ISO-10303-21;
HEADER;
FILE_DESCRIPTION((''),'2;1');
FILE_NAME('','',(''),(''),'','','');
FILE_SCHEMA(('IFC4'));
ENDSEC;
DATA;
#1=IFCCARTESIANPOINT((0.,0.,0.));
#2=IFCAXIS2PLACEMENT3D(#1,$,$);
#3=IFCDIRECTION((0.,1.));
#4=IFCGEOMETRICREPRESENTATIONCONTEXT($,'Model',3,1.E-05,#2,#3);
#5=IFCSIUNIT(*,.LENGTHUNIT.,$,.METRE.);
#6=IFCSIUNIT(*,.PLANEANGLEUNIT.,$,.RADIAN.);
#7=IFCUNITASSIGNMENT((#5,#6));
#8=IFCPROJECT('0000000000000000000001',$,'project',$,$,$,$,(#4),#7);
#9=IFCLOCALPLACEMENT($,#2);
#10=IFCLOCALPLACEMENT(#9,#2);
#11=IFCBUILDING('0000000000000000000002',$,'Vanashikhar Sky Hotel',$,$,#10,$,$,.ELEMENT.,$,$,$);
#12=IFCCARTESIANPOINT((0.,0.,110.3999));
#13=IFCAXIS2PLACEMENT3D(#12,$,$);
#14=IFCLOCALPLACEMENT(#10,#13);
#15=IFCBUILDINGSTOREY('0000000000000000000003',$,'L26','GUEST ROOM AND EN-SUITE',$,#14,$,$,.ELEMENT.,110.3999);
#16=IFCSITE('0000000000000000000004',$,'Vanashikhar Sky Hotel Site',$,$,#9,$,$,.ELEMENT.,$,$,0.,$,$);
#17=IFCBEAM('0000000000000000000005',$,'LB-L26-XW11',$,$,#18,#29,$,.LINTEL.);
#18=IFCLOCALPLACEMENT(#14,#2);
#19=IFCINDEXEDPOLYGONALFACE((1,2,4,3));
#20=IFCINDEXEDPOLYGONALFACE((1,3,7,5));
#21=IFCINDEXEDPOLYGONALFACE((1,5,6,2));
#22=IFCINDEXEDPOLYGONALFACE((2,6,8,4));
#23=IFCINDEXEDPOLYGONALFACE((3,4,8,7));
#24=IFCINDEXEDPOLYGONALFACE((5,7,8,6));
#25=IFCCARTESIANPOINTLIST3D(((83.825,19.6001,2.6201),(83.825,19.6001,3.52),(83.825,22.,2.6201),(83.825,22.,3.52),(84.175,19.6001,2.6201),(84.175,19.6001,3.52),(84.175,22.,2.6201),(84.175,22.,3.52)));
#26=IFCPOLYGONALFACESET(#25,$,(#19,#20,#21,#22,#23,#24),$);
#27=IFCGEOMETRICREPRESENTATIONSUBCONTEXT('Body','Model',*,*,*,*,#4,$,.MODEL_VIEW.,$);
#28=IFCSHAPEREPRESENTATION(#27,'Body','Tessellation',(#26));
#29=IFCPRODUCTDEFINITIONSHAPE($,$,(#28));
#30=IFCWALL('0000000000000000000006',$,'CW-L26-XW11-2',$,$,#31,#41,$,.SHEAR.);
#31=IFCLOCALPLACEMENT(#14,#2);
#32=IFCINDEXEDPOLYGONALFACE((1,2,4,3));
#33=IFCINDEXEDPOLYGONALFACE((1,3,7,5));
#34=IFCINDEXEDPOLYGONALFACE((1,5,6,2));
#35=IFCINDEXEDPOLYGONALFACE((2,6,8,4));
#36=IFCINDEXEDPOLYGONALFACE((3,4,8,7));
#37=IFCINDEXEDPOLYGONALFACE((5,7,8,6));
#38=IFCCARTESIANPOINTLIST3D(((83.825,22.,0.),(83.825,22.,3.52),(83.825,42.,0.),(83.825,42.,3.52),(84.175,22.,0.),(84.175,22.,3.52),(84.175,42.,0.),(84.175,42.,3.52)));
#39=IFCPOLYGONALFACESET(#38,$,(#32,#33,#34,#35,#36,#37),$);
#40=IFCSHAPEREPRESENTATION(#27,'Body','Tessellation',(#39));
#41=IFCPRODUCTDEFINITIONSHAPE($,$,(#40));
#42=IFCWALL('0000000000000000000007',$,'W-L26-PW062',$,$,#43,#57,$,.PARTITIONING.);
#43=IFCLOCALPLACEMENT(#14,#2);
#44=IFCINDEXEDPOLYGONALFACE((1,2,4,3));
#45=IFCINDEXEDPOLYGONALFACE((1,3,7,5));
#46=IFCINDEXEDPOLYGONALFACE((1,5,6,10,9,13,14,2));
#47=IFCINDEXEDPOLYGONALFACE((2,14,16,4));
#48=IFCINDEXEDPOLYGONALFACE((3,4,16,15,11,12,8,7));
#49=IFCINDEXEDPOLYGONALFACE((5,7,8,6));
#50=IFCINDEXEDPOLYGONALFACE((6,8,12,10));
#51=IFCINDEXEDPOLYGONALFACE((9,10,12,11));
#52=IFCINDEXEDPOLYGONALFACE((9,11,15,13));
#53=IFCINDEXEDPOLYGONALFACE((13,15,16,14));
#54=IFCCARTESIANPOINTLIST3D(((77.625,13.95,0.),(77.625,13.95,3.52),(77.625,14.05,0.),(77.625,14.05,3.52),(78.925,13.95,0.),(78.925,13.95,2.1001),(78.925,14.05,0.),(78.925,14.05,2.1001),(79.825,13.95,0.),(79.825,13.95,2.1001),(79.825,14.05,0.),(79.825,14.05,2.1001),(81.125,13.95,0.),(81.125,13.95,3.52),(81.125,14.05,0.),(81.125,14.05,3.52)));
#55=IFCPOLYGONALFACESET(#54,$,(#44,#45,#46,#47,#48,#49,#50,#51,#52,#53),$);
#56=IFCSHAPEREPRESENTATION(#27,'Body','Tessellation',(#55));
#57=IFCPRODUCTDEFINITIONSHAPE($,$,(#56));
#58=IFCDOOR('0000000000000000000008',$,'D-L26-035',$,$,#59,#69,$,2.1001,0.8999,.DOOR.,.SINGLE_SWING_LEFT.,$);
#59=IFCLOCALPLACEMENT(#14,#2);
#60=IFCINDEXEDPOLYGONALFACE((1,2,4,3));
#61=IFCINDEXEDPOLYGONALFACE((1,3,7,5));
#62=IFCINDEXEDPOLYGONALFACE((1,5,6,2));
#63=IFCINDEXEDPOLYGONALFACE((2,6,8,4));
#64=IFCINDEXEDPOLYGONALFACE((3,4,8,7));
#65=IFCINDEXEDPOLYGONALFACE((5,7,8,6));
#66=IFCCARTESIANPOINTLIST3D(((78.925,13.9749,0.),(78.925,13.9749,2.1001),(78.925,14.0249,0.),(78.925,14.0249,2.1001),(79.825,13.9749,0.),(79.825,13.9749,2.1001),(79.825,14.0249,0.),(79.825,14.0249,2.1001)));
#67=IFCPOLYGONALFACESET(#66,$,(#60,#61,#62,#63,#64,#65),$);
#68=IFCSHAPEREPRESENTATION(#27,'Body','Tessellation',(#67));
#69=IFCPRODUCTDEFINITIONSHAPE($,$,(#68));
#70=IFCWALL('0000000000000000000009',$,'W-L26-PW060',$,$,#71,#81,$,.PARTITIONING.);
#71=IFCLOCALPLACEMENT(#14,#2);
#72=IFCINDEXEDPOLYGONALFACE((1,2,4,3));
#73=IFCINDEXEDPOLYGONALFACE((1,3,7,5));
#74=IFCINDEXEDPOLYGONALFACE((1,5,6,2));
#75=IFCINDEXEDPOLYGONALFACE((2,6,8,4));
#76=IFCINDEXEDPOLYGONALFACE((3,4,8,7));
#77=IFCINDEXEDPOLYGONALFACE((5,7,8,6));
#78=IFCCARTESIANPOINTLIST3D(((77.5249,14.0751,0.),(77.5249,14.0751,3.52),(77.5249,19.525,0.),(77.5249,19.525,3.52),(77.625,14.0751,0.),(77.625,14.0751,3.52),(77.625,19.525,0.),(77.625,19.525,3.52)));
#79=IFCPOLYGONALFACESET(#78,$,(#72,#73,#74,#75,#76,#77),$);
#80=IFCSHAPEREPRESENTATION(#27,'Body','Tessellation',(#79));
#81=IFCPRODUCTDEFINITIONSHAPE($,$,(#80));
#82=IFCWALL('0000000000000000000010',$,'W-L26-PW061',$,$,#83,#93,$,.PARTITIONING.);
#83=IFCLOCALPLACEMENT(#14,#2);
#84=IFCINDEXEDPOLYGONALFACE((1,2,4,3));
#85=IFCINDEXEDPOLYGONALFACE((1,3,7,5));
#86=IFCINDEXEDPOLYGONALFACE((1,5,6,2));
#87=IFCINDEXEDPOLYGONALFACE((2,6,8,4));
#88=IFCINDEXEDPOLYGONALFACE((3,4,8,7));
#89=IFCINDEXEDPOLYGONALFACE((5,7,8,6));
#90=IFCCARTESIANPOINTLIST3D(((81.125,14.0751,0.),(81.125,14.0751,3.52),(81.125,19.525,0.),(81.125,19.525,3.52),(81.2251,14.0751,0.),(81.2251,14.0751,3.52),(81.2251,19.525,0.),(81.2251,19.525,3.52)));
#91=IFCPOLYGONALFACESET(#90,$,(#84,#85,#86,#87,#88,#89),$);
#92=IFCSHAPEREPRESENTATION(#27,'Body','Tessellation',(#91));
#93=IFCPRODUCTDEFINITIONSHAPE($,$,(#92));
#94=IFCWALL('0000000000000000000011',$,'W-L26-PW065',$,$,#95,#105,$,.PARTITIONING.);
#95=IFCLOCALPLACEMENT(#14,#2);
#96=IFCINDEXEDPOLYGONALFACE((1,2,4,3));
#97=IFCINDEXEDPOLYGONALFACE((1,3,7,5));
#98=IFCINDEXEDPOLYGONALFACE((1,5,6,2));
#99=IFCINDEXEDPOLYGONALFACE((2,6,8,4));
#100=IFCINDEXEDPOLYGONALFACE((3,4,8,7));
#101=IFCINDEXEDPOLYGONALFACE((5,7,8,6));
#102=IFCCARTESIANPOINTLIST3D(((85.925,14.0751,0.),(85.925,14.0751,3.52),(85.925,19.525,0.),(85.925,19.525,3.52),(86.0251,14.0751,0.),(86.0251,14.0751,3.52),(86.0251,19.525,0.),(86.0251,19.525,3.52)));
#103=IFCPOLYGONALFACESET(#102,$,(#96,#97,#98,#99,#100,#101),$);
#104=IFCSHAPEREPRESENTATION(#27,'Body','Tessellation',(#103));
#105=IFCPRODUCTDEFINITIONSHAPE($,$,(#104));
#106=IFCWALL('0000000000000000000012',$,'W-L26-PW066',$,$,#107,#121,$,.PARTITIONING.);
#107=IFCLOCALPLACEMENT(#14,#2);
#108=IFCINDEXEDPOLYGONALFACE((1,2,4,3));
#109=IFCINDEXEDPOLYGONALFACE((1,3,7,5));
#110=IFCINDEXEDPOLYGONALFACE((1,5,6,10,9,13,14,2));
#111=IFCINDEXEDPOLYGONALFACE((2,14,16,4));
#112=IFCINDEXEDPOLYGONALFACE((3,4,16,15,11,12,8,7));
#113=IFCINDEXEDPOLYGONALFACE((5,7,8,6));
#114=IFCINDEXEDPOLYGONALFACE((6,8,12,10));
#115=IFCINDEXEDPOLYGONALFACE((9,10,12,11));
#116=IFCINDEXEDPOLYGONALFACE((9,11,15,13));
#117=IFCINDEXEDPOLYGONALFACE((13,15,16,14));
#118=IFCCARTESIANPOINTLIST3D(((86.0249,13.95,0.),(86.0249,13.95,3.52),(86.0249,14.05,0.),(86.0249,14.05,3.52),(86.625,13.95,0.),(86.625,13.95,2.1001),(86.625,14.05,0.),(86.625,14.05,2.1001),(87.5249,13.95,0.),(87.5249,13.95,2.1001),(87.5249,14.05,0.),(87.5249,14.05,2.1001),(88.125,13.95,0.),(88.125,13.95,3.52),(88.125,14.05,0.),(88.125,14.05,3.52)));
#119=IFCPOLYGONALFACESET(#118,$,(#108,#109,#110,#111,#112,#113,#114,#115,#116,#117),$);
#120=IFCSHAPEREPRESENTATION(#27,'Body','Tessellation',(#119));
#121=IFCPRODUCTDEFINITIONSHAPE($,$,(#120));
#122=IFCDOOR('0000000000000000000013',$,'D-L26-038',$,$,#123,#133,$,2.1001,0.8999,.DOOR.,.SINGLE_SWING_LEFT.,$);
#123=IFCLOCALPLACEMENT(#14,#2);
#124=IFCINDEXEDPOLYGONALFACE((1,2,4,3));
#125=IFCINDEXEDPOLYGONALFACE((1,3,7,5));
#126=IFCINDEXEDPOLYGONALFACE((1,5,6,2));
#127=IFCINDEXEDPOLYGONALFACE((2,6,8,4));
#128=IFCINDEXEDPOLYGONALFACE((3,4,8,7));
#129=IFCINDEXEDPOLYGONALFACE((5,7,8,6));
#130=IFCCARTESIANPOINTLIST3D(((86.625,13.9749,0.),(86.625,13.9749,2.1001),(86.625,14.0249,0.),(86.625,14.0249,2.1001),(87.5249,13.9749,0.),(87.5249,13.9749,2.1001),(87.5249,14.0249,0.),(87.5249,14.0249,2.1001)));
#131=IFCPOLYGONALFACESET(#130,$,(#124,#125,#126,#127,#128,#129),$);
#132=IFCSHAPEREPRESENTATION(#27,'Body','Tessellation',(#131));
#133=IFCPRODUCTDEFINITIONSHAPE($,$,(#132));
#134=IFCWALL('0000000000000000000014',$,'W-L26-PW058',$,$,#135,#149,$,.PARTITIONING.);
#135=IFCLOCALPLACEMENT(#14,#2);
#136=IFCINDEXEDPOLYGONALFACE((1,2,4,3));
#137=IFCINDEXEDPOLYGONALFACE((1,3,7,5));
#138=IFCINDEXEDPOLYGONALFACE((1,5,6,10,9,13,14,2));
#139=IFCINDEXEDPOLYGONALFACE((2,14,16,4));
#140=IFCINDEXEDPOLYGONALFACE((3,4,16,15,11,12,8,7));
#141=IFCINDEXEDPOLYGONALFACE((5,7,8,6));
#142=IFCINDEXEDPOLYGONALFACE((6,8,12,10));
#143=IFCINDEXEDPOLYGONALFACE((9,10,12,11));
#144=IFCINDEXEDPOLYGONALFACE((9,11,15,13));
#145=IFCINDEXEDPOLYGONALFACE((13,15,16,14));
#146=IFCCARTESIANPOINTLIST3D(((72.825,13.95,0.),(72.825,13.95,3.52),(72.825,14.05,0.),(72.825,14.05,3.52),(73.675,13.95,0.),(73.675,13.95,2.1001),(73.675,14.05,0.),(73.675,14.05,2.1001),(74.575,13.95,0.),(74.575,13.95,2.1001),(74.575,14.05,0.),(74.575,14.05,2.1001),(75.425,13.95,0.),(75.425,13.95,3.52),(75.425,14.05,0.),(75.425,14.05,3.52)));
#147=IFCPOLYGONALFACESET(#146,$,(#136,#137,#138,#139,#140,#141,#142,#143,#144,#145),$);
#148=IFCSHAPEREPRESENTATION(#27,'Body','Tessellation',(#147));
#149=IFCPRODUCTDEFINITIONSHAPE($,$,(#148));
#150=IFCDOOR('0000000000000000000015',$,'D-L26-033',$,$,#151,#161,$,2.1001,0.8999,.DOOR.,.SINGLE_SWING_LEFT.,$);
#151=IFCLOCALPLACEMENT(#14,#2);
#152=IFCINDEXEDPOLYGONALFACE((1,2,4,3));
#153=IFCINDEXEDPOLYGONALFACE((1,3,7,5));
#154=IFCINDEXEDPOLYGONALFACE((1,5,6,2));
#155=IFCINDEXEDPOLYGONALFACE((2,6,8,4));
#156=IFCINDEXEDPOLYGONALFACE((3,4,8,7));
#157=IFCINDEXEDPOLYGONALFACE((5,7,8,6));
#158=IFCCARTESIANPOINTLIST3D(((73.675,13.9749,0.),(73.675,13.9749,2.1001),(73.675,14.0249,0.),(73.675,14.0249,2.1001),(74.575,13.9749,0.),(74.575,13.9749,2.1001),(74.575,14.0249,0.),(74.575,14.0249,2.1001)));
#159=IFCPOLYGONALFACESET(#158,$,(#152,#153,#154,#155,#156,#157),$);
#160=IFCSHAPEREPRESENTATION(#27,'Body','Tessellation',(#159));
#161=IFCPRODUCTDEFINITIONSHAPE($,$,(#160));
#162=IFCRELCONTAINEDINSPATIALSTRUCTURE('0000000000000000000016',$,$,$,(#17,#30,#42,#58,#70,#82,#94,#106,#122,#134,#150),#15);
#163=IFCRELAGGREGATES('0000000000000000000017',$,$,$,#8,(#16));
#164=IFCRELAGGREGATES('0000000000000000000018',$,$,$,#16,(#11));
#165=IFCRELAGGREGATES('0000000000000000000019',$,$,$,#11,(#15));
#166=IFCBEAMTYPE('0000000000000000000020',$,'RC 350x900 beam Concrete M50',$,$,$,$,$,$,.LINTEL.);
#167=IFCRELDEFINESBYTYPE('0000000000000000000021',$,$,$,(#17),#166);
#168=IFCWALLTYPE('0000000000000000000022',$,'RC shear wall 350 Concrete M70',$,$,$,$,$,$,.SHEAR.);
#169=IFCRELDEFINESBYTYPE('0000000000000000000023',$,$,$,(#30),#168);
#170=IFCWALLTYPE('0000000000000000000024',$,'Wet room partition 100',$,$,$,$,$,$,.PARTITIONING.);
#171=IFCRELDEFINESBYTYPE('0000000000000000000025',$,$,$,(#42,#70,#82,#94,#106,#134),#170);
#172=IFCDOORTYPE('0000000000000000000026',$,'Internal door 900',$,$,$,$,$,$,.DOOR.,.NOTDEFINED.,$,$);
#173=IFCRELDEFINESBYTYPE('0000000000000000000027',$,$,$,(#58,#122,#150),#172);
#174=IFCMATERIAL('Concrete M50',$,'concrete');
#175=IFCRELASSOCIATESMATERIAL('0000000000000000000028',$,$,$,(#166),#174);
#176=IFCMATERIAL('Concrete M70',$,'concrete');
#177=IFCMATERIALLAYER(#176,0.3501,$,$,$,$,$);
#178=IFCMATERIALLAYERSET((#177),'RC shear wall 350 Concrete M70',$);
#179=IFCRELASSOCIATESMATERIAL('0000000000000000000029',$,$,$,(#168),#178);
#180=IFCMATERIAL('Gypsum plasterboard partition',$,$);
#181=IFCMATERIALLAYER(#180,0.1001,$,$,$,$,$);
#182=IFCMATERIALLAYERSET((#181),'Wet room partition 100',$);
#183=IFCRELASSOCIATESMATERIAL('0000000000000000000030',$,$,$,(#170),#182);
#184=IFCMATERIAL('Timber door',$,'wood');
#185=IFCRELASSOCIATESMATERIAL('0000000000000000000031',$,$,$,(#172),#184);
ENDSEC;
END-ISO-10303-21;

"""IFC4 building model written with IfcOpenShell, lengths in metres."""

from ifc_helpers import new_model, si_unit, direction, frame, frame_2d, origin, origin_2d, place, context, subcontext, project, spatial, rectangle, extrude, source, transform, mapped, material, layer, layer_set, material_profile, profile_set, type_object, element, fill, save


model = new_model("IFC4")

# Units and contexts
model_context = context("Model", 3, precision=1e-05, world=origin(), true_north=direction((0.0, 1.0)))
body_context = subcontext(model_context, "Body", "Model", "MODEL_VIEW")
ifc_project = project(units=[si_unit("LENGTHUNIT", "METRE"), si_unit("PLANEANGLEUNIT", "RADIAN")], contexts=[model_context])

# Site, building, storey
site_placement = place(None, origin())
site = spatial("IfcSite", under=ifc_project, at=site_placement, Name="Vanashikhar Sky Hotel Site", CompositionType="ELEMENT", RefElevation=0.0)
building_placement = place(site_placement, origin())
building = spatial("IfcBuilding", under=site, at=building_placement, Name="Vanashikhar Sky Hotel", CompositionType="ELEMENT")
storey_placement = place(building_placement, frame((0.0, 0.0, 110.3999)))
storey = spatial("IfcBuildingStorey", under=building, at=storey_placement, Name="L26", Description="GUEST ROOM AND EN-SUITE", CompositionType="ELEMENT", Elevation=110.3999)

# Beam
ifc_material_1 = material(Name="Concrete M50", Category="concrete")
ifc_material_profile = material_profile(ifc_material_1, rectangle(XDim=0.3501, YDim=0.8999, at=origin_2d()))
ifc_profile_set = profile_set([ifc_material_profile], Name="RC 350x900 beam Concrete M50")
beam_type = type_object("IfcBeamType", Name="RC 350x900 beam Concrete M50", PredefinedType="LINTEL", material=ifc_profile_set)
shared_shape_1 = source(origin(), body_context, "Body", "SweptSolid", [
    extrude(rectangle(XDim=0.3501, YDim=0.8999, at=origin_2d()), origin(), (0.0, 0.0, 1.0), 2.3999),
])
beam_placement = place(storey_placement, frame((84.0, 19.6001, 3.0701), z_axis=(0.0, 1.0, 0.0), x_axis=(-1.0, 0.0, 0.0)))
element("IfcBeam", 1, at=beam_placement, inside=storey, type_object=beam_type, Name="LB-L26-XW11", PredefinedType="LINTEL", context=body_context, shape_type="MappedRepresentation", body=[
    mapped(shared_shape_1, transform((0.0, 0.0, 0.0), scale=1.0)),
])

# Wall
ifc_material_2 = material(Name="Concrete M70", Category="concrete")
ifc_layer_1 = layer(ifc_material_2, 0.3501)
ifc_layer_set_1 = layer_set([ifc_layer_1], Name="RC shear wall 350 Concrete M70")
wall_type_1 = type_object("IfcWallType", Name="RC shear wall 350 Concrete M70", PredefinedType="SHEAR", material=ifc_layer_set_1)
shared_shape_2 = source(origin(), body_context, "Body", "SweptSolid", [
    extrude(rectangle(XDim=20.0, YDim=0.3501, at=frame_2d((10.0, 0.0))), origin(), (0.0, 0.0, 1.0), 3.52),
])
wall_1_placement = place(storey_placement, frame((84.0, 22.0, 0.0), z_axis=(0.0, 0.0, 1.0), x_axis=(0.0, 1.0, 0.0)))
element("IfcWall", 2, at=wall_1_placement, inside=storey, type_object=wall_type_1, Name="CW-L26-XW11-2", PredefinedType="SHEAR", context=body_context, shape_type="MappedRepresentation", body=[
    mapped(shared_shape_2, transform((0.0, 0.0, 0.0), scale=1.0)),
])

# Wall, opening, door
ifc_material_3 = material(Name="Gypsum plasterboard partition")
ifc_layer_2 = layer(ifc_material_3, 0.1001)
ifc_layer_set_2 = layer_set([ifc_layer_2], Name="Wet room partition 100")
wall_type_2 = type_object("IfcWallType", Name="Wet room partition 100", PredefinedType="PARTITIONING", material=ifc_layer_set_2)
shared_shape_3 = source(origin(), body_context, "Body", "SweptSolid", [
    extrude(rectangle(XDim=3.5, YDim=0.1001, at=frame_2d((1.75, 0.0))), origin(), (0.0, 0.0, 1.0), 3.52),
])
wall_2_placement = place(storey_placement, frame((77.625, 14.0, 0.0), z_axis=(0.0, 0.0, 1.0), x_axis=(1.0, 0.0, 0.0)))
wall_2 = element("IfcWall", 3, at=wall_2_placement, inside=storey, type_object=wall_type_2, Name="W-L26-PW062", PredefinedType="PARTITIONING", context=body_context, shape_type="MappedRepresentation", body=[
    mapped(shared_shape_3, transform((0.0, 0.0, 0.0), scale=1.0)),
])
shared_shape_4 = source(origin(), body_context, "Body", "SweptSolid", [
    extrude(rectangle(XDim=0.8999, YDim=2.1001, at=frame_2d((0.45, 1.05))), frame((0.0, 0.0601, 0.0), z_axis=(0.0, -1.0, 0.0), x_axis=(1.0, 0.0, 0.0)), (0.0, 0.0, 1.0), 0.1201),
])
opening_1_placement = place(wall_2_placement, frame((1.3, 0.0, 0.0)))
opening_1 = element("IfcOpeningElement", 4, at=opening_1_placement, cuts=wall_2, PredefinedType="OPENING", context=body_context, shape_type="MappedRepresentation", body=[
    mapped(shared_shape_4, transform((0.0, 0.0, 0.0), scale=1.0)),
])
ifc_material_4 = material(Name="Timber door", Category="wood")
door_type_1 = type_object("IfcDoorType", Name="Internal door 900", OperationType="NOTDEFINED", PredefinedType="DOOR", material=ifc_material_4)
shared_shape_5 = source(origin(), body_context, "Body", "SweptSolid", [
    extrude(rectangle(XDim=0.8999, YDim=2.1001, at=frame_2d((0.45, 1.05))), frame((0.0, 0.0249, 0.0), z_axis=(0.0, -1.0, 0.0), x_axis=(1.0, 0.0, 0.0)), (0.0, 0.0, 1.0), 0.05),
])
door_1_placement = place(opening_1_placement, origin())
door_1 = element("IfcDoor", 5, at=door_1_placement, inside=storey, type_object=door_type_1, Name="D-L26-035", OperationType="SINGLE_SWING_LEFT", OverallHeight=2.1001, OverallWidth=0.8999, PredefinedType="DOOR", context=body_context, shape_type="MappedRepresentation", body=[
    mapped(shared_shape_5, transform((0.0, 0.0, 0.0), scale=1.0)),
])
fill(opening_1, door_1)

# Walls
shared_shape_6 = source(origin(), body_context, "Body", "SweptSolid", [
    extrude(rectangle(XDim=5.45, YDim=0.1001, at=frame_2d((2.7251, 0.0))), origin(), (0.0, 0.0, 1.0), 3.52),
])
for number, where, z_axis, x_axis, name in (
    (6, (77.575, 14.075, 0.0), (0.0, 0.0, 1.0), (0.0, 1.0, 0.0), "W-L26-PW060"),
    (7, (81.175, 14.075, 0.0), (0.0, 0.0, 1.0), (0.0, 1.0, 0.0), "W-L26-PW061"),
    (8, (85.9751, 14.075, 0.0), (0.0, 0.0, 1.0), (0.0, 1.0, 0.0), "W-L26-PW065"),
):
    element("IfcWall", number, at=place(storey_placement, frame(where, z_axis=z_axis, x_axis=x_axis)), inside=storey, type_object=wall_type_2, Name=name, PredefinedType="PARTITIONING", context=body_context, shape_type="MappedRepresentation", body=[
        mapped(shared_shape_6, transform((0.0, 0.0, 0.0), scale=1.0)),
    ])

# Walls, openings, doors
shared_shape_7 = source(origin(), body_context, "Body", "SweptSolid", [
    extrude(rectangle(XDim=2.1001, YDim=0.1001, at=frame_2d((1.05, 0.0))), origin(), (0.0, 0.0, 1.0), 3.52),
])
wall_3_placement = place(storey_placement, frame((86.0249, 14.0, 0.0), z_axis=(0.0, 0.0, 1.0), x_axis=(1.0, 0.0, 0.0)))
wall_3 = element("IfcWall", 9, at=wall_3_placement, inside=storey, type_object=wall_type_2, Name="W-L26-PW066", PredefinedType="PARTITIONING", context=body_context, shape_type="MappedRepresentation", body=[
    mapped(shared_shape_7, transform((0.0, 0.0, 0.0), scale=1.0)),
])
opening_2_placement = place(wall_3_placement, frame((0.6001, 0.0, 0.0)))
opening_2 = element("IfcOpeningElement", 10, at=opening_2_placement, cuts=wall_3, PredefinedType="OPENING", context=body_context, shape_type="MappedRepresentation", body=[
    mapped(shared_shape_4, transform((0.0, 0.0, 0.0), scale=1.0)),
])
door_2_placement = place(opening_2_placement, origin())
door_2 = element("IfcDoor", 11, at=door_2_placement, inside=storey, type_object=door_type_1, Name="D-L26-038", OperationType="SINGLE_SWING_LEFT", OverallHeight=2.1001, OverallWidth=0.8999, PredefinedType="DOOR", context=body_context, shape_type="MappedRepresentation", body=[
    mapped(shared_shape_5, transform((0.0, 0.0, 0.0), scale=1.0)),
])
fill(opening_2, door_2)
shared_shape_8 = source(origin(), body_context, "Body", "SweptSolid", [
    extrude(rectangle(XDim=2.6001, YDim=0.1001, at=frame_2d((1.3, 0.0))), origin(), (0.0, 0.0, 1.0), 3.52),
])
wall_4_placement = place(storey_placement, frame((72.825, 14.0, 0.0), z_axis=(0.0, 0.0, 1.0), x_axis=(1.0, 0.0, 0.0)))
wall_4 = element("IfcWall", 12, at=wall_4_placement, inside=storey, type_object=wall_type_2, Name="W-L26-PW058", PredefinedType="PARTITIONING", context=body_context, shape_type="MappedRepresentation", body=[
    mapped(shared_shape_8, transform((0.0, 0.0, 0.0), scale=1.0)),
])
opening_3_placement = place(wall_4_placement, frame((0.8501, 0.0, 0.0)))
opening_3 = element("IfcOpeningElement", 13, at=opening_3_placement, cuts=wall_4, PredefinedType="OPENING", context=body_context, shape_type="MappedRepresentation", body=[
    mapped(shared_shape_4, transform((0.0, 0.0, 0.0), scale=1.0)),
])
door_3_placement = place(opening_3_placement, origin())
door_3 = element("IfcDoor", 14, at=door_3_placement, inside=storey, type_object=door_type_1, Name="D-L26-033", OperationType="SINGLE_SWING_LEFT", OverallHeight=2.1001, OverallWidth=0.8999, PredefinedType="DOOR", context=body_context, shape_type="MappedRepresentation", body=[
    mapped(shared_shape_5, transform((0.0, 0.0, 0.0), scale=1.0)),
])
fill(opening_3, door_3)

save(model, "model.ifc")
